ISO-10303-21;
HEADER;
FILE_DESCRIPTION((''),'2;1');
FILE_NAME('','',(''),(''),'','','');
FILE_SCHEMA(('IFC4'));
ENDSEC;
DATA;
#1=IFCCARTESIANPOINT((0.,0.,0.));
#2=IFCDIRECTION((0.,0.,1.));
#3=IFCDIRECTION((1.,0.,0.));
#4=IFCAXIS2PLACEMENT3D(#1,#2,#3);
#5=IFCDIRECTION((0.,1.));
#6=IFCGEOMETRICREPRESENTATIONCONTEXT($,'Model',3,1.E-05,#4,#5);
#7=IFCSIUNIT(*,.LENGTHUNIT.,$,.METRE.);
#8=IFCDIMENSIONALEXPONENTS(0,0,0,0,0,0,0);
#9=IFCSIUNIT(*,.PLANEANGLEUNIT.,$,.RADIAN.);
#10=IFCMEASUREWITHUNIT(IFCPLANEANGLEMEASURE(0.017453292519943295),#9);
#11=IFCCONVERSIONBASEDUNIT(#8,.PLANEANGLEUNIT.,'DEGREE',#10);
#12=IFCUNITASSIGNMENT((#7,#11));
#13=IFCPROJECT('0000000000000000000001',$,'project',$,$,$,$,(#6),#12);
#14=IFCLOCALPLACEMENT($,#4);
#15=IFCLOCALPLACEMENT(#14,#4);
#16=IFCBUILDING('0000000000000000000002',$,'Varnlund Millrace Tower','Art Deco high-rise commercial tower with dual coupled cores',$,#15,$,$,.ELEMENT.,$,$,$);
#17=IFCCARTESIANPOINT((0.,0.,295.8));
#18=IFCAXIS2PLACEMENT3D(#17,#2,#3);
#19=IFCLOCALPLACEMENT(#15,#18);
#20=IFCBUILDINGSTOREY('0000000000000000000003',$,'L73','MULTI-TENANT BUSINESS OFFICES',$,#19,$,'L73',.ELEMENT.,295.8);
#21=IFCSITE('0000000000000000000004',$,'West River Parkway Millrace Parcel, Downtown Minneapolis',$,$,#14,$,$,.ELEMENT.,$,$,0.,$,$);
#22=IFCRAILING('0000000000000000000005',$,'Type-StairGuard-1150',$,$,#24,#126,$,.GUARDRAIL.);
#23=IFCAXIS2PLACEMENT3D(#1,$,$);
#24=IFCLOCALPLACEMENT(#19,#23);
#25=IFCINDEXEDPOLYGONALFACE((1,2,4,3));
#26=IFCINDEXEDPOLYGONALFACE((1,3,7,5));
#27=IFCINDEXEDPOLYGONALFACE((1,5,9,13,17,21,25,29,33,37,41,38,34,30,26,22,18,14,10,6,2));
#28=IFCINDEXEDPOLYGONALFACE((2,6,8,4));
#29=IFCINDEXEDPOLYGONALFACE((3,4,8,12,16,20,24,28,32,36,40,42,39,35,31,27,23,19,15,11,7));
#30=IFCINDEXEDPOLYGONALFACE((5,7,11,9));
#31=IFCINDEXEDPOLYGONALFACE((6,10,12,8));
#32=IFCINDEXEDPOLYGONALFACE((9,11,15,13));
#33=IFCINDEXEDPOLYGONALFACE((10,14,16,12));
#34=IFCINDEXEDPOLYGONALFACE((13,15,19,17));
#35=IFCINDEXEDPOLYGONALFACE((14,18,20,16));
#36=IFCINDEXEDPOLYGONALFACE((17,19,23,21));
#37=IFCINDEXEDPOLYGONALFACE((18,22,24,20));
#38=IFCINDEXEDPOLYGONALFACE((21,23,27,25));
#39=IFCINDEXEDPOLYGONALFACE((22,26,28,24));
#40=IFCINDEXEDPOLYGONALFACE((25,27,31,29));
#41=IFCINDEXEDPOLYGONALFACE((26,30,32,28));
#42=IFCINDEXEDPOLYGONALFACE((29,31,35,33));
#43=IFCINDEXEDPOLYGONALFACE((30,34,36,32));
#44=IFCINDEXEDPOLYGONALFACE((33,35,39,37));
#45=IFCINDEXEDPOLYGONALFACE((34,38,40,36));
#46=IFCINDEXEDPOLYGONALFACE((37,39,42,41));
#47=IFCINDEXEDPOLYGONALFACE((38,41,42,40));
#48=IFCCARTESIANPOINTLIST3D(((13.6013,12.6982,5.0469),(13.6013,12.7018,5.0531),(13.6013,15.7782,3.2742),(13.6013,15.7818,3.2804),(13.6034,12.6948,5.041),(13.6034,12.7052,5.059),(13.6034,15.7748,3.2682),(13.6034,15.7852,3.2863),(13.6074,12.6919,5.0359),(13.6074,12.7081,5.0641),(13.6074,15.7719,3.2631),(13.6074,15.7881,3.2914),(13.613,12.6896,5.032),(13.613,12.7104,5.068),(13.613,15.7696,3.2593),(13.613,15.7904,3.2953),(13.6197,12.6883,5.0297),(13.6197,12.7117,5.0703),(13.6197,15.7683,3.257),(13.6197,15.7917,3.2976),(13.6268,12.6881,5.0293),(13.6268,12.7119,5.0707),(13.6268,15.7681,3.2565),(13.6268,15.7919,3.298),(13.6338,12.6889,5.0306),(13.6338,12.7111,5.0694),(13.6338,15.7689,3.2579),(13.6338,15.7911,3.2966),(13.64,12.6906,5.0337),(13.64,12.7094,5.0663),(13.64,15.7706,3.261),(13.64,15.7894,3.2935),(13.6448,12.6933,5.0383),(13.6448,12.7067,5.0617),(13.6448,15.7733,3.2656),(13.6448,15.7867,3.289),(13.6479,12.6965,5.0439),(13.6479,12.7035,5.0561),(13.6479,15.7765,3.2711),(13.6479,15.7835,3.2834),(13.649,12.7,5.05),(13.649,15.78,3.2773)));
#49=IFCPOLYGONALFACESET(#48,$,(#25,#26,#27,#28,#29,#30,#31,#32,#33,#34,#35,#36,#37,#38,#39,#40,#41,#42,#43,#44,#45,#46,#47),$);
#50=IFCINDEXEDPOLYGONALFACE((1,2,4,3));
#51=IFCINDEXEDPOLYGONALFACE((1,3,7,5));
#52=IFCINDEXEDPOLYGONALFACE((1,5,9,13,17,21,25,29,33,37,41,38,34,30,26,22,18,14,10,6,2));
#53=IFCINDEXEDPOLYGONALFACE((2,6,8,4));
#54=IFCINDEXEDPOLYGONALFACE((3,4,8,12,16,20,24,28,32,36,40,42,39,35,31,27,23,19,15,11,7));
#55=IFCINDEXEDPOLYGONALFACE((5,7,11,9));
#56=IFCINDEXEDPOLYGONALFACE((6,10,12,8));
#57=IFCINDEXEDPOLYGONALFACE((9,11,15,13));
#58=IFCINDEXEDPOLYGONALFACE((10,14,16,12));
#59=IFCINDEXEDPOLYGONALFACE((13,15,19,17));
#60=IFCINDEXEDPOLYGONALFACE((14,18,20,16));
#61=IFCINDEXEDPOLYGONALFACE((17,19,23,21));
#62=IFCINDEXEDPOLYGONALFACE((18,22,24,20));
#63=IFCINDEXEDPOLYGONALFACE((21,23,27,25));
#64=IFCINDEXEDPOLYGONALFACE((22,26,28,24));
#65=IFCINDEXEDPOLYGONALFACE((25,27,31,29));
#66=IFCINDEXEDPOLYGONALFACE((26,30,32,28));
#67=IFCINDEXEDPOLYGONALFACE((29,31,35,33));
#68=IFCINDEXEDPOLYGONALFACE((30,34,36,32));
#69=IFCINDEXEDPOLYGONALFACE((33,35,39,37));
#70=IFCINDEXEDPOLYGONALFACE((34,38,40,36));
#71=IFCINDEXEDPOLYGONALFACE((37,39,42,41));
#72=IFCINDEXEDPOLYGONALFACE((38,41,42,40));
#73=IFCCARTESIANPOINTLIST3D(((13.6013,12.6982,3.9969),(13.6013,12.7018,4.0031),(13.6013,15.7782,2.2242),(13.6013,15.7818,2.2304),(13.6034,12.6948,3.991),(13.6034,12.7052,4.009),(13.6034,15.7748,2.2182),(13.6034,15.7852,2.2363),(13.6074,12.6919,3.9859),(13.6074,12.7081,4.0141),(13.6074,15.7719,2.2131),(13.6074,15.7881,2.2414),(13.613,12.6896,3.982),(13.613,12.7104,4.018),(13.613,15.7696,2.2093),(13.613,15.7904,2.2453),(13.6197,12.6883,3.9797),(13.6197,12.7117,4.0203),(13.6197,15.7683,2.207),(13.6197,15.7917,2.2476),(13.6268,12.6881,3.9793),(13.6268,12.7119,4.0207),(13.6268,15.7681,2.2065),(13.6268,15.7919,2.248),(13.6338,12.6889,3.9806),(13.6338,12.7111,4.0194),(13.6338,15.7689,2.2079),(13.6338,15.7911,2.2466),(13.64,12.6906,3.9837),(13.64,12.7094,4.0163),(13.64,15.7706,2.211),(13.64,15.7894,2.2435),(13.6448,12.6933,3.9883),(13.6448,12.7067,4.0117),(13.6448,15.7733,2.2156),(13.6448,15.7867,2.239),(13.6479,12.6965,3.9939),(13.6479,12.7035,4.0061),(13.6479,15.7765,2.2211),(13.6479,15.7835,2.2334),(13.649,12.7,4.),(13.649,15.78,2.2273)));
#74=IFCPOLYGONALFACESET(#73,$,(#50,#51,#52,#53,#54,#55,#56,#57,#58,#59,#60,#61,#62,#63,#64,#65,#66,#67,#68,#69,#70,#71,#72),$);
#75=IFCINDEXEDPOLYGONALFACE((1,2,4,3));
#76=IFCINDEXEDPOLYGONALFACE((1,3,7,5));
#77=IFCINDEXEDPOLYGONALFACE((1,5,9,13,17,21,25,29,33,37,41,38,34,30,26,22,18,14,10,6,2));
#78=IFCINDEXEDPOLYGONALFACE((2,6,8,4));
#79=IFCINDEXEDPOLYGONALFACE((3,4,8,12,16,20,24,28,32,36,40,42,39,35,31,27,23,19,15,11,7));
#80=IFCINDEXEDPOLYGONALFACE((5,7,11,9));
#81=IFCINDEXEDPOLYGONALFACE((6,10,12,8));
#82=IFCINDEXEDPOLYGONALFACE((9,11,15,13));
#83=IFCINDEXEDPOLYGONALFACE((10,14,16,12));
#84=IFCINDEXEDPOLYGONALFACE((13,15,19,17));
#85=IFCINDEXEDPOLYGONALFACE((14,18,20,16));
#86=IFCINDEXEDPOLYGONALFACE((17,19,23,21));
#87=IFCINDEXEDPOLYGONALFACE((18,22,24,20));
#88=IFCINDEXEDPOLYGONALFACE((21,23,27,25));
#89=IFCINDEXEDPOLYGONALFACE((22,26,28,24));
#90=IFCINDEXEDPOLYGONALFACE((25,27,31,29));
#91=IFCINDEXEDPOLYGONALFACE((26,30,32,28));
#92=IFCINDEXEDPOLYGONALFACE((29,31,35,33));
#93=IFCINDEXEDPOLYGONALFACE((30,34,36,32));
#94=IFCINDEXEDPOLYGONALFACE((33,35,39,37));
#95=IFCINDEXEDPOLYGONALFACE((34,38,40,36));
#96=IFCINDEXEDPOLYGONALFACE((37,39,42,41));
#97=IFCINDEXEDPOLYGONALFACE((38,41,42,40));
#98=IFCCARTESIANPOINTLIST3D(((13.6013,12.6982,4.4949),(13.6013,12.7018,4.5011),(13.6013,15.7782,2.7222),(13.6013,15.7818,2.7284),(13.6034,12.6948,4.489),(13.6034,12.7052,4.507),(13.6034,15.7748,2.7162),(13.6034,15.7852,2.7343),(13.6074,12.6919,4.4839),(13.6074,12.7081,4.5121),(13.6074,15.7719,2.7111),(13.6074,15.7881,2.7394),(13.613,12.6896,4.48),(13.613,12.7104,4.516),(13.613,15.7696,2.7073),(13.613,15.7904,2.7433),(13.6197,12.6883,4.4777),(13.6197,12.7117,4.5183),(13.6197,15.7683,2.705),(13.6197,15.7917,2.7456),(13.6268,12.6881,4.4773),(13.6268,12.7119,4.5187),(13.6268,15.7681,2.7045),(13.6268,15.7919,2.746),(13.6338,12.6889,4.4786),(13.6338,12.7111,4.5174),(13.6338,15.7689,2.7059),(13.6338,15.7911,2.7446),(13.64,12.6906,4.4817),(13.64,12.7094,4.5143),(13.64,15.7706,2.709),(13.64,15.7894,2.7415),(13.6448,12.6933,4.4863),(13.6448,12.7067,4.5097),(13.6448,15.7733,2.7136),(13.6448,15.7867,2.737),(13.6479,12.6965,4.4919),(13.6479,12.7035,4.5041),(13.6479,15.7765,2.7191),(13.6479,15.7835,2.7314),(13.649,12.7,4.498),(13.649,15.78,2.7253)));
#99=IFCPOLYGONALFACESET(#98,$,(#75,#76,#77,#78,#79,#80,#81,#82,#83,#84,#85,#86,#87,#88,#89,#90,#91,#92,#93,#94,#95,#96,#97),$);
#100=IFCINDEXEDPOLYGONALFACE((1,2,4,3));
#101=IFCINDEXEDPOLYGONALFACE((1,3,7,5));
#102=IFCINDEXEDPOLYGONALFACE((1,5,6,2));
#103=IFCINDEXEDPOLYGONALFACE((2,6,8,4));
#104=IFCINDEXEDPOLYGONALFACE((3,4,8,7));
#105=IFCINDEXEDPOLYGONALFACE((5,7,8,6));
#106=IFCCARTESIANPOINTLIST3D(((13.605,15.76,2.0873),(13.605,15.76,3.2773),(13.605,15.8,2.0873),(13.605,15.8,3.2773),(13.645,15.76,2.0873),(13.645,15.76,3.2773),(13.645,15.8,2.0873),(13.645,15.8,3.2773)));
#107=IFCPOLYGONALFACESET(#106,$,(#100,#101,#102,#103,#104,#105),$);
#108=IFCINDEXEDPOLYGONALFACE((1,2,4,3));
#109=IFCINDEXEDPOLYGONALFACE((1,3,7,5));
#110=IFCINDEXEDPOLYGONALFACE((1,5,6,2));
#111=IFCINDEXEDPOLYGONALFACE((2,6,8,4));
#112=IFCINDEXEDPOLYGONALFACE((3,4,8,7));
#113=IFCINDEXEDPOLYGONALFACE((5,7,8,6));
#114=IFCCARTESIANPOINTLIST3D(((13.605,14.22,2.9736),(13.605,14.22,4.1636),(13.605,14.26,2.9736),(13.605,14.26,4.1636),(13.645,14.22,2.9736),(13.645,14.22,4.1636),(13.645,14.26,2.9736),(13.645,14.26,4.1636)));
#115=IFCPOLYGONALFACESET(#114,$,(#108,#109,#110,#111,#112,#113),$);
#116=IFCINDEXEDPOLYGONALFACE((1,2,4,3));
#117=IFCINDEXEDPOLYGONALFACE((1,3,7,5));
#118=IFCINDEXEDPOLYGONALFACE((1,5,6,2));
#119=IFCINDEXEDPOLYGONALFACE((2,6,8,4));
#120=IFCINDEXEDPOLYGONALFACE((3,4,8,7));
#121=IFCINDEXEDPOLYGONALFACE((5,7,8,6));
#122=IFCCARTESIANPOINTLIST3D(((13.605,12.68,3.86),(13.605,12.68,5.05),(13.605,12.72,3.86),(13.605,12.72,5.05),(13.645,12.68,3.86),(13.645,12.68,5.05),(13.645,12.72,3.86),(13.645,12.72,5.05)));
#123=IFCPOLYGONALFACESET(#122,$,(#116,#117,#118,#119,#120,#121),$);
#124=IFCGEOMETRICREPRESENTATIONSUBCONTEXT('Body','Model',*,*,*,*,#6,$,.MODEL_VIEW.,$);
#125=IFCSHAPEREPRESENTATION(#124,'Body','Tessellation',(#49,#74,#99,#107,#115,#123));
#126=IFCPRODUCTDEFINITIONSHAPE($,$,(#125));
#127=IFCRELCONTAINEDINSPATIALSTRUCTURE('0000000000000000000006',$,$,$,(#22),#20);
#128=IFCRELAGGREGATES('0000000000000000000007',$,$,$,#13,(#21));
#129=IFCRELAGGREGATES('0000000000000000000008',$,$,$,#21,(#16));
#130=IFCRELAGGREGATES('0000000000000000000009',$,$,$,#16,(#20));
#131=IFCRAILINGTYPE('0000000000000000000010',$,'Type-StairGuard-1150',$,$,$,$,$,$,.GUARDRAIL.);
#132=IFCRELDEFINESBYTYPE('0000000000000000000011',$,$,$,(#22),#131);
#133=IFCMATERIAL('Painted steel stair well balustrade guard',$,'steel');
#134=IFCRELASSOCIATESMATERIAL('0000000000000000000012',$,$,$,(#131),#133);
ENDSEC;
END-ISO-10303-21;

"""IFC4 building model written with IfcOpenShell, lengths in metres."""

from ifc_helpers import new_model, entity, si_unit, converted_unit, direction, frame, origin_with_axes, origin_2d_with_axis, place, context, subcontext, project, spatial, rectangle, circle, extrude, material, type_object, element, save


model = new_model("IFC4")

# Units and contexts
model_context = context("Model", 3, precision=1e-05, world=origin_with_axes(), true_north=direction((0.0, 1.0)))
body_context = subcontext(model_context, "Body", "Model", "MODEL_VIEW")
ifc_project = project(units=[si_unit("LENGTHUNIT", "METRE"), converted_unit("PLANEANGLEUNIT", "DEGREE", entity("IfcPlaneAngleMeasure", 0.017453292519943295), si_unit("PLANEANGLEUNIT", "RADIAN"), dimensions=[0, 0, 0, 0, 0, 0, 0])], contexts=[model_context])

# Site, building, storey
site_placement = place(None, origin_with_axes())
site = spatial("IfcSite", under=ifc_project, at=site_placement, Name="West River Parkway Millrace Parcel, Downtown Minneapolis", CompositionType="ELEMENT", RefElevation=0.0)
building_placement = place(site_placement, origin_with_axes())
building = spatial("IfcBuilding", under=site, at=building_placement, Name="Varnlund Millrace Tower", Description="Art Deco high-rise commercial tower with dual coupled cores", CompositionType="ELEMENT")
storey_placement = place(building_placement, frame((0.0, 0.0, 295.8), z_axis=(0.0, 0.0, 1.0), x_axis=(1.0, 0.0, 0.0)))
storey = spatial("IfcBuildingStorey", under=building, at=storey_placement, Name="L73", Description="MULTI-TENANT BUSINESS OFFICES", LongName="L73", CompositionType="ELEMENT", Elevation=295.8)

# Railing
ifc_material_1 = material(Name="Painted steel stair well balustrade guard", Category="steel")
railing_type_1 = type_object("IfcRailingType", Name="Type-StairGuard-1150", PredefinedType="GUARDRAIL", material=ifc_material_1)
railing_1_placement = place(storey_placement, frame((0.0, 0.0, -295.8), z_axis=(0.0, 0.0, 1.0), x_axis=(1.0, 0.0, 0.0)))
element("IfcRailing", 1, at=railing_1_placement, inside=storey, type_object=railing_type_1, Name="Type-StairGuard-1150", PredefinedType="GUARDRAIL", context=body_context, shape_type="SweptSolid", body=[
    extrude(circle(Radius=0.024, at=origin_2d_with_axis()), frame((13.625, 15.78, 299.0773), z_axis=(0.0, -0.866696, 0.498836), x_axis=(1.0, 0.0, 0.0)), (0.0, 0.0, 1.0), 3.5537),
    extrude(circle(Radius=0.024, at=origin_2d_with_axis()), frame((13.625, 15.78, 298.0273), z_axis=(0.0, -0.866696, 0.498836), x_axis=(1.0, 0.0, 0.0)), (0.0, 0.0, 1.0), 3.5537),
    extrude(circle(Radius=0.024, at=origin_2d_with_axis()), frame((13.625, 15.78, 298.5253), z_axis=(0.0, -0.866696, 0.498836), x_axis=(1.0, 0.0, 0.0)), (0.0, 0.0, 1.0), 3.5537),
    extrude(rectangle(XDim=0.04, YDim=0.04, at=origin_2d_with_axis()), frame((13.625, 15.78, 297.8873), z_axis=(0.0, 0.0, 1.0), x_axis=(1.0, 0.0, 0.0)), (0.0, 0.0, 1.0), 1.19),
    extrude(rectangle(XDim=0.04, YDim=0.04, at=origin_2d_with_axis()), frame((13.625, 14.24, 298.7736), z_axis=(0.0, 0.0, 1.0), x_axis=(1.0, 0.0, 0.0)), (0.0, 0.0, 1.0), 1.19),
    extrude(rectangle(XDim=0.04, YDim=0.04, at=origin_2d_with_axis()), frame((13.625, 12.7, 299.66), z_axis=(0.0, 0.0, 1.0), x_axis=(1.0, 0.0, 0.0)), (0.0, 0.0, 1.0), 1.19),
])

save(model, "model.ifc")
